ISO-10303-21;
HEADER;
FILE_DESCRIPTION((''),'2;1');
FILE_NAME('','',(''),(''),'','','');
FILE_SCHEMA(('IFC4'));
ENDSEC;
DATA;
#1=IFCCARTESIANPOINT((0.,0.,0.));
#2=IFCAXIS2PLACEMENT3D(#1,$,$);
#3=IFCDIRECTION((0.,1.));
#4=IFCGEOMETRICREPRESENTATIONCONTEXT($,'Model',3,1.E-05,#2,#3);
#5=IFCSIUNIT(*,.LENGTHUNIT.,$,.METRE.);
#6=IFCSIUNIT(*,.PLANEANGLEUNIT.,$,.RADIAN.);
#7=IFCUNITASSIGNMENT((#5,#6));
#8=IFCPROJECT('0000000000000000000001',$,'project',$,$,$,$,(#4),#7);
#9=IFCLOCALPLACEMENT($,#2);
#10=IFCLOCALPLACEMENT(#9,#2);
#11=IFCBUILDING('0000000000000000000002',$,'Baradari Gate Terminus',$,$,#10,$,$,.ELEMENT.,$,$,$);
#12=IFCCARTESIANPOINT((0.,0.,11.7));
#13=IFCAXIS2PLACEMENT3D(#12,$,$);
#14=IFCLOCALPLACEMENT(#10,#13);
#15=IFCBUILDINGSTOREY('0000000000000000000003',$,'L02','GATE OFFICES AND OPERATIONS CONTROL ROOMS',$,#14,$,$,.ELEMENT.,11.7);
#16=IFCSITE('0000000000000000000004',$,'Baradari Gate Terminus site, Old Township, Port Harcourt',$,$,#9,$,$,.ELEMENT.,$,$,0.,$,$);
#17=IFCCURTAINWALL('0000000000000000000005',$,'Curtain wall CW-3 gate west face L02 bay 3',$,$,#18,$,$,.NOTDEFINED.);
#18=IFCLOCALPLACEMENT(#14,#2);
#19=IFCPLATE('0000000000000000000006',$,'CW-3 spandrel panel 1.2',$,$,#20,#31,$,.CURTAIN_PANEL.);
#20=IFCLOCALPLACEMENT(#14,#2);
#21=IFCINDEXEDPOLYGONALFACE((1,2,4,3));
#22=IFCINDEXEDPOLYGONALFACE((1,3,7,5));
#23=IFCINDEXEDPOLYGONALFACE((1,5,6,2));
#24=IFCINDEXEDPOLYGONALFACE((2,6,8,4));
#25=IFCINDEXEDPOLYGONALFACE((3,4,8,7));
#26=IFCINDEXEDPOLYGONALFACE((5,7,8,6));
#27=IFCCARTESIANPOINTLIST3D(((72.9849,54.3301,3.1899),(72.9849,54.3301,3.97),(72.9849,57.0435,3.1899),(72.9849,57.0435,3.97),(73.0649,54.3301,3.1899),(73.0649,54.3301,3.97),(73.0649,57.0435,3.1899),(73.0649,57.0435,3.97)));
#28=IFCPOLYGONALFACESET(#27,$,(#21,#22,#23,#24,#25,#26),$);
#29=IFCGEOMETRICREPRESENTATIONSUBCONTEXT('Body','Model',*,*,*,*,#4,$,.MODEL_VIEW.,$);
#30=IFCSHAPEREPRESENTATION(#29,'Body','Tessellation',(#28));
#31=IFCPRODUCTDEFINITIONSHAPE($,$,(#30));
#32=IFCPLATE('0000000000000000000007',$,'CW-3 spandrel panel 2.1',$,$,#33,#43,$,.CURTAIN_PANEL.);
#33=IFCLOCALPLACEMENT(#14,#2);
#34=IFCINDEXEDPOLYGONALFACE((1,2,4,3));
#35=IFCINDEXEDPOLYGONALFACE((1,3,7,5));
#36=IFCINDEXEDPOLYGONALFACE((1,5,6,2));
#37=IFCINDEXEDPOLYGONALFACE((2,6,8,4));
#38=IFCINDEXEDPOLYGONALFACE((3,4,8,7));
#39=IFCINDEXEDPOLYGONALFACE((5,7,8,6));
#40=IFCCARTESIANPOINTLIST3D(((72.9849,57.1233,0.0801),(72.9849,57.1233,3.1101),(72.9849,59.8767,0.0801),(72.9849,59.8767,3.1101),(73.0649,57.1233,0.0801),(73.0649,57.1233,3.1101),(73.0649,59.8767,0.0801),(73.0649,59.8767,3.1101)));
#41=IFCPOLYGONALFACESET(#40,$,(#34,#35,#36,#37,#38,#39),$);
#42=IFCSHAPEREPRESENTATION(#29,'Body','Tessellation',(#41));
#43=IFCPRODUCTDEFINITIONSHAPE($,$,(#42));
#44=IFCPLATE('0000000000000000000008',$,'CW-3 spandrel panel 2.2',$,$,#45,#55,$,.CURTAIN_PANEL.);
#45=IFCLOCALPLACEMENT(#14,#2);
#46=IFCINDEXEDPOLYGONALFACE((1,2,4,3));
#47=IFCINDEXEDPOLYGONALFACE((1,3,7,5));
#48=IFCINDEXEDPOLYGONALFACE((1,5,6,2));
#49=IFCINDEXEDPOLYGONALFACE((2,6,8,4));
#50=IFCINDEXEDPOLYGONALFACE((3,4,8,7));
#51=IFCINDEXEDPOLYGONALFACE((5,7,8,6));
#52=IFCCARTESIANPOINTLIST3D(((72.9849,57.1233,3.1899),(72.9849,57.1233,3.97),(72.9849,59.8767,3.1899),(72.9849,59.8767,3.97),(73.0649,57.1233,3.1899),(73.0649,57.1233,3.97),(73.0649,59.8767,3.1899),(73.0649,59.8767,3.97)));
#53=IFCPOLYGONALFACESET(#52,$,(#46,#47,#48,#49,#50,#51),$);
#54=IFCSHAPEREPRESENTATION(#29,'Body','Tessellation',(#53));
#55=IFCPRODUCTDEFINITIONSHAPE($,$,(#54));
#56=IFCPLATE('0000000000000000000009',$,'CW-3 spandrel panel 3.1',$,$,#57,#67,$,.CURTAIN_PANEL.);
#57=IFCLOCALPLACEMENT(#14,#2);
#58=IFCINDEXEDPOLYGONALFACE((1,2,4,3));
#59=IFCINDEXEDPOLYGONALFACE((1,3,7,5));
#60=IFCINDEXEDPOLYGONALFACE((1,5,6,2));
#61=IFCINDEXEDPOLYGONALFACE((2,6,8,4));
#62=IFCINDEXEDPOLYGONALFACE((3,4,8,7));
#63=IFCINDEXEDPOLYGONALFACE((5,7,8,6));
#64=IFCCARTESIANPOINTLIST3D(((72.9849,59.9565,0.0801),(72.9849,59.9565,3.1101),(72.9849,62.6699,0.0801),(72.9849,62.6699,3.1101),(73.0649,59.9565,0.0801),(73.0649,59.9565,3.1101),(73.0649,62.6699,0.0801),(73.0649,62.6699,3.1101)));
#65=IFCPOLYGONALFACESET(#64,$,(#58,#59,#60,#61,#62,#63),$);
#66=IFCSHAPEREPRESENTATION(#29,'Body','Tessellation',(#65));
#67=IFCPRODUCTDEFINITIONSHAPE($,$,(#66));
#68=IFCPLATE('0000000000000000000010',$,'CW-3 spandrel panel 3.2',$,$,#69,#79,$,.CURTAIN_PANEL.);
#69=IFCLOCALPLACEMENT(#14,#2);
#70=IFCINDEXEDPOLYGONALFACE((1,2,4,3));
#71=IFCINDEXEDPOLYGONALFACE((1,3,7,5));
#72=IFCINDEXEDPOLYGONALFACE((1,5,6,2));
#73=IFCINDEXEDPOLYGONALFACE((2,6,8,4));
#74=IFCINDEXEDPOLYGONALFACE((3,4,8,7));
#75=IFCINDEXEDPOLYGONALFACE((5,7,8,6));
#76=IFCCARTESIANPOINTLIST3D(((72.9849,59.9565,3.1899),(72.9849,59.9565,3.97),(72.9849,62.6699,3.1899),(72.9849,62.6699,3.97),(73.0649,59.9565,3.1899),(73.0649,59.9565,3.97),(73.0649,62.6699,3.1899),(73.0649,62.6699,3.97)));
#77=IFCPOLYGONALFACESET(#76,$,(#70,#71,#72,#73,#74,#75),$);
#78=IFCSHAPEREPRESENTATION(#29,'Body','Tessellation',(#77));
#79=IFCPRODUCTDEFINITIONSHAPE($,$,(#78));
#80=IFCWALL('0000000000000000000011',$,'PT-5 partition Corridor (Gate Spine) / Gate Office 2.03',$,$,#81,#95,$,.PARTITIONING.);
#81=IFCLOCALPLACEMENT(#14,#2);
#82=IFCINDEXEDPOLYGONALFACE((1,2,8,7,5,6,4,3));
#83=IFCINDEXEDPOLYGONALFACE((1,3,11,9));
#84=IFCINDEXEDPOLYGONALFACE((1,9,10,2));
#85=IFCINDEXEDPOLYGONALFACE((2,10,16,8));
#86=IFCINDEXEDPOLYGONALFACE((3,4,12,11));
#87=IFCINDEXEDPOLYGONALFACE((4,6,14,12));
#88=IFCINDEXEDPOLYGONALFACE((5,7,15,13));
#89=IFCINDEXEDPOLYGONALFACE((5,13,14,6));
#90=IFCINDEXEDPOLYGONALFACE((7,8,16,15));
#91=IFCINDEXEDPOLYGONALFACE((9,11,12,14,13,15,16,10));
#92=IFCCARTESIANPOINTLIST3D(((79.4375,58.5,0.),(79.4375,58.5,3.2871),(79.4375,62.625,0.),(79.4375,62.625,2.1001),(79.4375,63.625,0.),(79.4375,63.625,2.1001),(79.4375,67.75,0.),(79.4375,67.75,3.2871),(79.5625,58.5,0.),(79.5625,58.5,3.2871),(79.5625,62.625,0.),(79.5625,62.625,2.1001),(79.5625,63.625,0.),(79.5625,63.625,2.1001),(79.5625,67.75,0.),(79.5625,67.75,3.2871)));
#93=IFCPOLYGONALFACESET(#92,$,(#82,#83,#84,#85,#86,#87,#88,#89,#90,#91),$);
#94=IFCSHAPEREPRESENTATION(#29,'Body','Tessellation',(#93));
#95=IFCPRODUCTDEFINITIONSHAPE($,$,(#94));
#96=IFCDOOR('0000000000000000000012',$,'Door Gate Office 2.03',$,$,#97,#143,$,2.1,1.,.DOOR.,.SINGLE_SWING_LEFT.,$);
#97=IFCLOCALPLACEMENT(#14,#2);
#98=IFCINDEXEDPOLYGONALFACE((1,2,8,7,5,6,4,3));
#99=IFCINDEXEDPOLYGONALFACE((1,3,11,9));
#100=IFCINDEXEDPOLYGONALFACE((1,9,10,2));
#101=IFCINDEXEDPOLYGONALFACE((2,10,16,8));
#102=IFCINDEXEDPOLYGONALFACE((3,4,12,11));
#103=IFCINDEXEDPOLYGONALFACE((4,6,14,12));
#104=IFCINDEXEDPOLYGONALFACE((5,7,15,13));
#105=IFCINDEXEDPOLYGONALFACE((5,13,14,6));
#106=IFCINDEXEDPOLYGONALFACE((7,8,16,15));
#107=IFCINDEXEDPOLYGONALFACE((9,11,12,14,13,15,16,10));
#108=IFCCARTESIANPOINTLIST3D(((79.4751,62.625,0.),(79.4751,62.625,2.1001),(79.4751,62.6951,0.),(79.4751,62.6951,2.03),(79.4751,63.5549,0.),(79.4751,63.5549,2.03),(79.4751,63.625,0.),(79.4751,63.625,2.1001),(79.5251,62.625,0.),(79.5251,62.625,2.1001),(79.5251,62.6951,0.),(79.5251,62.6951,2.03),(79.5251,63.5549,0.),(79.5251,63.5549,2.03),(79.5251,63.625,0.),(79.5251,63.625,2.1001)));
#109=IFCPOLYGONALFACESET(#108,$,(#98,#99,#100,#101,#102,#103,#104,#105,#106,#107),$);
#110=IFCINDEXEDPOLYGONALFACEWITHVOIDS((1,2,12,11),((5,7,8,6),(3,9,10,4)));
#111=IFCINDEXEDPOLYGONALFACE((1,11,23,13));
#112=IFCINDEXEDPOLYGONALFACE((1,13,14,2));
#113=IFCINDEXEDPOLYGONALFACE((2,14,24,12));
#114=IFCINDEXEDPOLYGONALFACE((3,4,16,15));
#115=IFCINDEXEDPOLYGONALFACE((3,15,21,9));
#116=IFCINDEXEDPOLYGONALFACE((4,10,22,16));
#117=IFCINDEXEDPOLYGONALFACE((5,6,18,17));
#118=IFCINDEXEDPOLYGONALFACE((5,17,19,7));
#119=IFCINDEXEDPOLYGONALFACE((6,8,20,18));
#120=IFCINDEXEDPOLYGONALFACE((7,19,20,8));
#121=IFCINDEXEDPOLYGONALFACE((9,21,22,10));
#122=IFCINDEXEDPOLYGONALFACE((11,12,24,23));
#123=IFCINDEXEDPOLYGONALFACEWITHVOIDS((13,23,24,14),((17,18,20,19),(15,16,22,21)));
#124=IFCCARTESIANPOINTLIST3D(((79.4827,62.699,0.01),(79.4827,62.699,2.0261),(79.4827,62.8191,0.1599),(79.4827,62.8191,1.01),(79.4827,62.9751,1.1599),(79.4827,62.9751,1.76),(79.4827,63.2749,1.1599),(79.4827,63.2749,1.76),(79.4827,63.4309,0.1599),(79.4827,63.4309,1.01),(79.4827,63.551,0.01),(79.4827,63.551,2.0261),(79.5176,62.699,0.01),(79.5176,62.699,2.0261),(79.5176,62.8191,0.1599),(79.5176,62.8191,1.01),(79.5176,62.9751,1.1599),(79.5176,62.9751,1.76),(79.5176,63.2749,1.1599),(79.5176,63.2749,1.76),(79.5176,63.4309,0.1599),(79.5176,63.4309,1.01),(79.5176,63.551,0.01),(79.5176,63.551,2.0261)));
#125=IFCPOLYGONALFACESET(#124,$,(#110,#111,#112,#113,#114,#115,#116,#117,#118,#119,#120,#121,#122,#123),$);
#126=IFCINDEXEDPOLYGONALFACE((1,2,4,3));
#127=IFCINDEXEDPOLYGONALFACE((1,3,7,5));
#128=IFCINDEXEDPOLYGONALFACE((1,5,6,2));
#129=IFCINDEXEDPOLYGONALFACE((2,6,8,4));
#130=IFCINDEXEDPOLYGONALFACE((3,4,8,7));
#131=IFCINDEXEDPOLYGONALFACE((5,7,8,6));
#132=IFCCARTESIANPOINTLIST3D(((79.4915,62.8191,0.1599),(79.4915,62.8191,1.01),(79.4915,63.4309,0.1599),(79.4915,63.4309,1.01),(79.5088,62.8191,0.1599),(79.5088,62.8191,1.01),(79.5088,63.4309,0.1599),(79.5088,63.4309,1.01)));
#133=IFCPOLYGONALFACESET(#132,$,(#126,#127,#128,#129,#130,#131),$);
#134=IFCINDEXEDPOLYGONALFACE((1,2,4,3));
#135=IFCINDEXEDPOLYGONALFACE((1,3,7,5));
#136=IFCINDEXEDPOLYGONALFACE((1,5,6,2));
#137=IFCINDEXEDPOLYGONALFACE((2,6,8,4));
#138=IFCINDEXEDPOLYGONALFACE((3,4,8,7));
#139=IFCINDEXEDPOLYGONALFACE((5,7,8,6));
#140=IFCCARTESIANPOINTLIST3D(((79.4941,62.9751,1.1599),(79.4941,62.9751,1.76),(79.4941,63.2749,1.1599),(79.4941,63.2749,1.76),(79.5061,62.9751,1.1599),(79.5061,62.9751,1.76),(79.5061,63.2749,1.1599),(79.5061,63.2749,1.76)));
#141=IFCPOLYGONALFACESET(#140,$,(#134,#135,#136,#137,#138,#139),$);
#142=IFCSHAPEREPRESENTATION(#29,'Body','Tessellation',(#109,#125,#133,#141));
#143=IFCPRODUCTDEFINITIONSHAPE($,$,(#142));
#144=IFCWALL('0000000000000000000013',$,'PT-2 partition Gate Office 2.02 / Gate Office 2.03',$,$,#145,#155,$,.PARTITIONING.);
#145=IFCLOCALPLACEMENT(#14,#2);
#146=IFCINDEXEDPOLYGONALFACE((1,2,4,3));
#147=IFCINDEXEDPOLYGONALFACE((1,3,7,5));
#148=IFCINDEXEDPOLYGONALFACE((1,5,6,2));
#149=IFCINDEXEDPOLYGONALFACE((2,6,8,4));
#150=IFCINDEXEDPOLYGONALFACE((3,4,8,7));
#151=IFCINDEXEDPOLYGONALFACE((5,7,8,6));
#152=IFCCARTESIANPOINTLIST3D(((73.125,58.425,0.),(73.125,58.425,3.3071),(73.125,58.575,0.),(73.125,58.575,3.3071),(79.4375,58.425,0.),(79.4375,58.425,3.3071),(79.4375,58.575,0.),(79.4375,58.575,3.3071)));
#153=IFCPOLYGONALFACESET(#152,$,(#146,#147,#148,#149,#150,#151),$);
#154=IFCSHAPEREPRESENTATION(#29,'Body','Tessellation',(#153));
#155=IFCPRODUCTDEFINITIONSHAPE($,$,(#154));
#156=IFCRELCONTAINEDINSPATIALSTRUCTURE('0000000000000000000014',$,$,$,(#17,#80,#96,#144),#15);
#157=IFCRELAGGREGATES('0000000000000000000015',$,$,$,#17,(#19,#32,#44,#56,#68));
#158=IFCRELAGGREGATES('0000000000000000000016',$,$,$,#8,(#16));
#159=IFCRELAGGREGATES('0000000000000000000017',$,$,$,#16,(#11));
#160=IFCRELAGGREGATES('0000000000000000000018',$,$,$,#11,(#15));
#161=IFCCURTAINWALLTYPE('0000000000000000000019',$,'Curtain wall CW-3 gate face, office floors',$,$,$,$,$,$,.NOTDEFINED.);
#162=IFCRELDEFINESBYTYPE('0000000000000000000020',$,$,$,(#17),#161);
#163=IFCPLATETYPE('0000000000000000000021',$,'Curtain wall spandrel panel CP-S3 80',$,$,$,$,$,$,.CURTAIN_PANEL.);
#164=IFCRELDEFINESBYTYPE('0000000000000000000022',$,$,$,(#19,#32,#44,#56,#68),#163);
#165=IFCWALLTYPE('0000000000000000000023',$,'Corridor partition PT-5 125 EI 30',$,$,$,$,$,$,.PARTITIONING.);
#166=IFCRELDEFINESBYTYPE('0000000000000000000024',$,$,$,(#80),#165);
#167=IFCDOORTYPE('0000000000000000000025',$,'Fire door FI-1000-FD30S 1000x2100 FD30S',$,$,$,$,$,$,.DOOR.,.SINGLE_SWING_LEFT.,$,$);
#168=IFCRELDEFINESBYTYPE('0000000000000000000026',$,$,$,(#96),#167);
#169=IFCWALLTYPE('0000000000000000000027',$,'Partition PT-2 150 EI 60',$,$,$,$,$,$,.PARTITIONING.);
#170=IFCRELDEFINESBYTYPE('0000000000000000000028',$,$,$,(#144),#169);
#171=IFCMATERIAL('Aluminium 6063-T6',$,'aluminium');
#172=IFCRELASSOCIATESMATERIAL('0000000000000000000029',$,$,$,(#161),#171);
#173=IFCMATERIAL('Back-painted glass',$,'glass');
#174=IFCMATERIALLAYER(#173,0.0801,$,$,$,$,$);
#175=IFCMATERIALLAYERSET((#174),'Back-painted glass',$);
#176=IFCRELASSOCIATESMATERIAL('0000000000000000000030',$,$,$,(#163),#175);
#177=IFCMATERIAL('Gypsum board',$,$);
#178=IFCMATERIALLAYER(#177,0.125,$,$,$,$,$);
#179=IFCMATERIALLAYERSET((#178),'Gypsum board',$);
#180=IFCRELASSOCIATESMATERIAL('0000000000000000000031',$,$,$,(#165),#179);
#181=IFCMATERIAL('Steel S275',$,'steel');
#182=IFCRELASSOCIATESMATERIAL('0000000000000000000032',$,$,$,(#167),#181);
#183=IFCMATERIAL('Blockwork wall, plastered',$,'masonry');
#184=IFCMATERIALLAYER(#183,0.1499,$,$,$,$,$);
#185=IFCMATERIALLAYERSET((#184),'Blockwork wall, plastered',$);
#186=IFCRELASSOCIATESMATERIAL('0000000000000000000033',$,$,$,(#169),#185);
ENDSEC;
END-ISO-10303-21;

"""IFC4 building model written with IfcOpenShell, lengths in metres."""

from ifc_helpers import new_model, si_unit, direction, frame, frame_2d, origin, origin_2d, place, context, subcontext, project, spatial, polyline, rectangle, outline, extrude, material, layer, layer_set, type_object, element, fill, aggregate, save


model = new_model("IFC4")

# Units and contexts
model_context = context("Model", 3, precision=1e-05, world=origin(), true_north=direction((0.0, 1.0)))
body_context = subcontext(model_context, "Body", "Model", "MODEL_VIEW")
ifc_project = project(units=[si_unit("LENGTHUNIT", "METRE"), si_unit("PLANEANGLEUNIT", "RADIAN")], contexts=[model_context])

# Site, building, storey
site_placement = place(None, origin())
site = spatial("IfcSite", under=ifc_project, at=site_placement, Name="Baradari Gate Terminus site, Old Township, Port Harcourt", CompositionType="ELEMENT", RefElevation=0.0)
building_placement = place(site_placement, origin())
building = spatial("IfcBuilding", under=site, at=building_placement, Name="Baradari Gate Terminus", CompositionType="ELEMENT")
storey_placement = place(building_placement, frame((0.0, 0.0, 11.7)))
storey = spatial("IfcBuildingStorey", under=building, at=storey_placement, Name="L02", Description="GATE OFFICES AND OPERATIONS CONTROL ROOMS", CompositionType="ELEMENT", Elevation=11.7)

# Curtain wall, plates
ifc_material_1 = material(Name="Aluminium 6063-T6", Category="aluminium")
curtain_wall_type = type_object("IfcCurtainWallType", Name="Curtain wall CW-3 gate face, office floors", PredefinedType="NOTDEFINED", material=ifc_material_1)
curtain_wall_placement = place(storey_placement, origin())
curtain_wall = element("IfcCurtainWall", 1, at=curtain_wall_placement, inside=storey, type_object=curtain_wall_type, Name="Curtain wall CW-3 gate west face L02 bay 3", PredefinedType="NOTDEFINED")
ifc_material_2 = material(Name="Back-painted glass", Category="glass")
ifc_layer_1 = layer(ifc_material_2, 0.0801)
ifc_layer_set_1 = layer_set([ifc_layer_1], Name="Back-painted glass")
plate_type_1 = type_object("IfcPlateType", Name="Curtain wall spandrel panel CP-S3 80", PredefinedType="CURTAIN_PANEL", material=ifc_layer_set_1)
plate_1_placement = place(storey_placement, frame((73.0249, 55.6868, 3.1899), z_axis=(0.0, 0.0, 1.0), x_axis=(0.0, 1.0, 0.0)))
plate_1 = element("IfcPlate", 2, at=plate_1_placement, type_object=plate_type_1, Name="CW-3 spandrel panel 1.2", PredefinedType="CURTAIN_PANEL", context=body_context, shape_type="SweptSolid", body=[
    extrude(rectangle(XDim=2.7134, YDim=0.0801, at=origin_2d()), origin(), (0.0, 0.0, 1.0), 0.78),
])
plate_2_placement = place(storey_placement, frame((73.0249, 58.5, 0.0801), z_axis=(0.0, 0.0, 1.0), x_axis=(0.0, 1.0, 0.0)))
plate_2 = element("IfcPlate", 3, at=plate_2_placement, type_object=plate_type_1, Name="CW-3 spandrel panel 2.1", PredefinedType="CURTAIN_PANEL", context=body_context, shape_type="SweptSolid", body=[
    extrude(rectangle(XDim=2.7534, YDim=0.0801, at=origin_2d()), origin(), (0.0, 0.0, 1.0), 3.03),
])
plate_3_placement = place(storey_placement, frame((73.0249, 58.5, 3.1899), z_axis=(0.0, 0.0, 1.0), x_axis=(0.0, 1.0, 0.0)))
plate_3 = element("IfcPlate", 4, at=plate_3_placement, type_object=plate_type_1, Name="CW-3 spandrel panel 2.2", PredefinedType="CURTAIN_PANEL", context=body_context, shape_type="SweptSolid", body=[
    extrude(rectangle(XDim=2.7534, YDim=0.0801, at=origin_2d()), origin(), (0.0, 0.0, 1.0), 0.78),
])
plate_4_placement = place(storey_placement, frame((73.0249, 61.3132, 0.0801), z_axis=(0.0, 0.0, 1.0), x_axis=(0.0, 1.0, 0.0)))
plate_4 = element("IfcPlate", 5, at=plate_4_placement, type_object=plate_type_1, Name="CW-3 spandrel panel 3.1", PredefinedType="CURTAIN_PANEL", context=body_context, shape_type="SweptSolid", body=[
    extrude(rectangle(XDim=2.7134, YDim=0.0801, at=origin_2d()), origin(), (0.0, 0.0, 1.0), 3.03),
])
plate_5_placement = place(storey_placement, frame((73.0249, 61.3132, 3.1899), z_axis=(0.0, 0.0, 1.0), x_axis=(0.0, 1.0, 0.0)))
plate_5 = element("IfcPlate", 6, at=plate_5_placement, type_object=plate_type_1, Name="CW-3 spandrel panel 3.2", PredefinedType="CURTAIN_PANEL", context=body_context, shape_type="SweptSolid", body=[
    extrude(rectangle(XDim=2.7134, YDim=0.0801, at=origin_2d()), origin(), (0.0, 0.0, 1.0), 0.78),
])
aggregate(curtain_wall, [plate_1, plate_2, plate_3, plate_4, plate_5])

# Wall, opening, door
ifc_material_3 = material(Name="Gypsum board")
ifc_layer_2 = layer(ifc_material_3, 0.125)
ifc_layer_set_2 = layer_set([ifc_layer_2], Name="Gypsum board")
wall_type_1 = type_object("IfcWallType", Name="Corridor partition PT-5 125 EI 30", PredefinedType="PARTITIONING", material=ifc_layer_set_2)
wall_1_placement = place(storey_placement, frame((79.5, 58.5, 0.0), z_axis=(0.0, 0.0, 1.0), x_axis=(0.0, 1.0, 0.0)))
wall_1 = element("IfcWall", 7, at=wall_1_placement, inside=storey, type_object=wall_type_1, Name="PT-5 partition Corridor (Gate Spine) / Gate Office 2.03", PredefinedType="PARTITIONING", context=body_context, shape_type="SweptSolid", body=[
    extrude(rectangle(XDim=9.25, YDim=0.125, at=frame_2d((4.625, 0.0))), origin(), (0.0, 0.0, 1.0), 3.2871),
])
opening_placement = place(wall_1_placement, frame((4.125, 0.0, 0.0)))
opening = element("IfcOpeningElement", 8, at=opening_placement, cuts=wall_1, PredefinedType="OPENING", context=body_context, shape_type="SweptSolid", body=[
    extrude(rectangle(XDim=1.0, YDim=2.1001, at=frame_2d((0.5, 1.05))), frame((0.0, 0.0725, 0.0), z_axis=(0.0, -1.0, 0.0), x_axis=(1.0, 0.0, 0.0)), (0.0, 0.0, 1.0), 0.145),
])
ifc_material_4 = material(Name="Steel S275", Category="steel")
door_type = type_object("IfcDoorType", Name="Fire door FI-1000-FD30S 1000x2100 FD30S", OperationType="SINGLE_SWING_LEFT", PredefinedType="DOOR", material=ifc_material_4)
door_placement = place(opening_placement, origin())
door = element("IfcDoor", 9, at=door_placement, inside=storey, type_object=door_type, Name="Door Gate Office 2.03", OperationType="SINGLE_SWING_LEFT", OverallHeight=2.1, OverallWidth=1.0, PredefinedType="DOOR", context=body_context, shape_type="SweptSolid", body=[
    extrude(outline(polyline([(0.0, 0.0), (0.0701, 0.0), (0.0701, 2.03), (0.9299, 2.03), (0.9299, 0.0), (1.0, 0.0), (1.0, 2.1001), (0.0, 2.1001), (0.0, 0.0)])), frame((0.0, 0.0249, 0.0), z_axis=(0.0, -1.0, 0.0), x_axis=(1.0, 0.0, 0.0)), (0.0, 0.0, 1.0), 0.05),
    extrude(outline(polyline([(0.074, 0.01), (0.926, 0.01), (0.926, 2.0261), (0.074, 2.0261), (0.074, 0.01)]), holes=[polyline([(0.1941, 0.1599), (0.8059, 0.1599), (0.8059, 1.01), (0.1941, 1.01), (0.1941, 0.1599)]), polyline([(0.3501, 1.1599), (0.6499, 1.1599), (0.6499, 1.76), (0.3501, 1.76), (0.3501, 1.1599)])]), frame((0.0, 0.0173, 0.0), z_axis=(0.0, -1.0, 0.0), x_axis=(1.0, 0.0, 0.0)), (0.0, 0.0, 1.0), 0.0349),
    extrude(rectangle(XDim=0.6118, YDim=0.8501, at=frame_2d((0.5, 0.585))), frame((0.0, 0.0085, 0.0), z_axis=(0.0, -1.0, 0.0), x_axis=(1.0, 0.0, 0.0)), (0.0, 0.0, 1.0), 0.0173),
    extrude(rectangle(XDim=0.2998, YDim=0.6001, at=frame_2d((0.5, 1.46))), frame((0.0, 0.0059, 0.0), z_axis=(0.0, -1.0, 0.0), x_axis=(1.0, 0.0, 0.0)), (0.0, 0.0, 1.0), 0.012),
])
fill(opening, door)

# Wall
ifc_material_5 = material(Name="Blockwork wall, plastered", Category="masonry")
ifc_layer_3 = layer(ifc_material_5, 0.1499)
ifc_layer_set_3 = layer_set([ifc_layer_3], Name="Blockwork wall, plastered")
wall_type_2 = type_object("IfcWallType", Name="Partition PT-2 150 EI 60", PredefinedType="PARTITIONING", material=ifc_layer_set_3)
wall_2_placement = place(storey_placement, frame((73.125, 58.5, 0.0), z_axis=(0.0, 0.0, 1.0), x_axis=(1.0, 0.0, 0.0)))
element("IfcWall", 10, at=wall_2_placement, inside=storey, type_object=wall_type_2, Name="PT-2 partition Gate Office 2.02 / Gate Office 2.03", PredefinedType="PARTITIONING", context=body_context, shape_type="SweptSolid", body=[
    extrude(rectangle(XDim=6.3125, YDim=0.1499, at=frame_2d((3.1562, 0.0))), origin(), (0.0, 0.0, 1.0), 3.3071),
])

save(model, "model.ifc")
